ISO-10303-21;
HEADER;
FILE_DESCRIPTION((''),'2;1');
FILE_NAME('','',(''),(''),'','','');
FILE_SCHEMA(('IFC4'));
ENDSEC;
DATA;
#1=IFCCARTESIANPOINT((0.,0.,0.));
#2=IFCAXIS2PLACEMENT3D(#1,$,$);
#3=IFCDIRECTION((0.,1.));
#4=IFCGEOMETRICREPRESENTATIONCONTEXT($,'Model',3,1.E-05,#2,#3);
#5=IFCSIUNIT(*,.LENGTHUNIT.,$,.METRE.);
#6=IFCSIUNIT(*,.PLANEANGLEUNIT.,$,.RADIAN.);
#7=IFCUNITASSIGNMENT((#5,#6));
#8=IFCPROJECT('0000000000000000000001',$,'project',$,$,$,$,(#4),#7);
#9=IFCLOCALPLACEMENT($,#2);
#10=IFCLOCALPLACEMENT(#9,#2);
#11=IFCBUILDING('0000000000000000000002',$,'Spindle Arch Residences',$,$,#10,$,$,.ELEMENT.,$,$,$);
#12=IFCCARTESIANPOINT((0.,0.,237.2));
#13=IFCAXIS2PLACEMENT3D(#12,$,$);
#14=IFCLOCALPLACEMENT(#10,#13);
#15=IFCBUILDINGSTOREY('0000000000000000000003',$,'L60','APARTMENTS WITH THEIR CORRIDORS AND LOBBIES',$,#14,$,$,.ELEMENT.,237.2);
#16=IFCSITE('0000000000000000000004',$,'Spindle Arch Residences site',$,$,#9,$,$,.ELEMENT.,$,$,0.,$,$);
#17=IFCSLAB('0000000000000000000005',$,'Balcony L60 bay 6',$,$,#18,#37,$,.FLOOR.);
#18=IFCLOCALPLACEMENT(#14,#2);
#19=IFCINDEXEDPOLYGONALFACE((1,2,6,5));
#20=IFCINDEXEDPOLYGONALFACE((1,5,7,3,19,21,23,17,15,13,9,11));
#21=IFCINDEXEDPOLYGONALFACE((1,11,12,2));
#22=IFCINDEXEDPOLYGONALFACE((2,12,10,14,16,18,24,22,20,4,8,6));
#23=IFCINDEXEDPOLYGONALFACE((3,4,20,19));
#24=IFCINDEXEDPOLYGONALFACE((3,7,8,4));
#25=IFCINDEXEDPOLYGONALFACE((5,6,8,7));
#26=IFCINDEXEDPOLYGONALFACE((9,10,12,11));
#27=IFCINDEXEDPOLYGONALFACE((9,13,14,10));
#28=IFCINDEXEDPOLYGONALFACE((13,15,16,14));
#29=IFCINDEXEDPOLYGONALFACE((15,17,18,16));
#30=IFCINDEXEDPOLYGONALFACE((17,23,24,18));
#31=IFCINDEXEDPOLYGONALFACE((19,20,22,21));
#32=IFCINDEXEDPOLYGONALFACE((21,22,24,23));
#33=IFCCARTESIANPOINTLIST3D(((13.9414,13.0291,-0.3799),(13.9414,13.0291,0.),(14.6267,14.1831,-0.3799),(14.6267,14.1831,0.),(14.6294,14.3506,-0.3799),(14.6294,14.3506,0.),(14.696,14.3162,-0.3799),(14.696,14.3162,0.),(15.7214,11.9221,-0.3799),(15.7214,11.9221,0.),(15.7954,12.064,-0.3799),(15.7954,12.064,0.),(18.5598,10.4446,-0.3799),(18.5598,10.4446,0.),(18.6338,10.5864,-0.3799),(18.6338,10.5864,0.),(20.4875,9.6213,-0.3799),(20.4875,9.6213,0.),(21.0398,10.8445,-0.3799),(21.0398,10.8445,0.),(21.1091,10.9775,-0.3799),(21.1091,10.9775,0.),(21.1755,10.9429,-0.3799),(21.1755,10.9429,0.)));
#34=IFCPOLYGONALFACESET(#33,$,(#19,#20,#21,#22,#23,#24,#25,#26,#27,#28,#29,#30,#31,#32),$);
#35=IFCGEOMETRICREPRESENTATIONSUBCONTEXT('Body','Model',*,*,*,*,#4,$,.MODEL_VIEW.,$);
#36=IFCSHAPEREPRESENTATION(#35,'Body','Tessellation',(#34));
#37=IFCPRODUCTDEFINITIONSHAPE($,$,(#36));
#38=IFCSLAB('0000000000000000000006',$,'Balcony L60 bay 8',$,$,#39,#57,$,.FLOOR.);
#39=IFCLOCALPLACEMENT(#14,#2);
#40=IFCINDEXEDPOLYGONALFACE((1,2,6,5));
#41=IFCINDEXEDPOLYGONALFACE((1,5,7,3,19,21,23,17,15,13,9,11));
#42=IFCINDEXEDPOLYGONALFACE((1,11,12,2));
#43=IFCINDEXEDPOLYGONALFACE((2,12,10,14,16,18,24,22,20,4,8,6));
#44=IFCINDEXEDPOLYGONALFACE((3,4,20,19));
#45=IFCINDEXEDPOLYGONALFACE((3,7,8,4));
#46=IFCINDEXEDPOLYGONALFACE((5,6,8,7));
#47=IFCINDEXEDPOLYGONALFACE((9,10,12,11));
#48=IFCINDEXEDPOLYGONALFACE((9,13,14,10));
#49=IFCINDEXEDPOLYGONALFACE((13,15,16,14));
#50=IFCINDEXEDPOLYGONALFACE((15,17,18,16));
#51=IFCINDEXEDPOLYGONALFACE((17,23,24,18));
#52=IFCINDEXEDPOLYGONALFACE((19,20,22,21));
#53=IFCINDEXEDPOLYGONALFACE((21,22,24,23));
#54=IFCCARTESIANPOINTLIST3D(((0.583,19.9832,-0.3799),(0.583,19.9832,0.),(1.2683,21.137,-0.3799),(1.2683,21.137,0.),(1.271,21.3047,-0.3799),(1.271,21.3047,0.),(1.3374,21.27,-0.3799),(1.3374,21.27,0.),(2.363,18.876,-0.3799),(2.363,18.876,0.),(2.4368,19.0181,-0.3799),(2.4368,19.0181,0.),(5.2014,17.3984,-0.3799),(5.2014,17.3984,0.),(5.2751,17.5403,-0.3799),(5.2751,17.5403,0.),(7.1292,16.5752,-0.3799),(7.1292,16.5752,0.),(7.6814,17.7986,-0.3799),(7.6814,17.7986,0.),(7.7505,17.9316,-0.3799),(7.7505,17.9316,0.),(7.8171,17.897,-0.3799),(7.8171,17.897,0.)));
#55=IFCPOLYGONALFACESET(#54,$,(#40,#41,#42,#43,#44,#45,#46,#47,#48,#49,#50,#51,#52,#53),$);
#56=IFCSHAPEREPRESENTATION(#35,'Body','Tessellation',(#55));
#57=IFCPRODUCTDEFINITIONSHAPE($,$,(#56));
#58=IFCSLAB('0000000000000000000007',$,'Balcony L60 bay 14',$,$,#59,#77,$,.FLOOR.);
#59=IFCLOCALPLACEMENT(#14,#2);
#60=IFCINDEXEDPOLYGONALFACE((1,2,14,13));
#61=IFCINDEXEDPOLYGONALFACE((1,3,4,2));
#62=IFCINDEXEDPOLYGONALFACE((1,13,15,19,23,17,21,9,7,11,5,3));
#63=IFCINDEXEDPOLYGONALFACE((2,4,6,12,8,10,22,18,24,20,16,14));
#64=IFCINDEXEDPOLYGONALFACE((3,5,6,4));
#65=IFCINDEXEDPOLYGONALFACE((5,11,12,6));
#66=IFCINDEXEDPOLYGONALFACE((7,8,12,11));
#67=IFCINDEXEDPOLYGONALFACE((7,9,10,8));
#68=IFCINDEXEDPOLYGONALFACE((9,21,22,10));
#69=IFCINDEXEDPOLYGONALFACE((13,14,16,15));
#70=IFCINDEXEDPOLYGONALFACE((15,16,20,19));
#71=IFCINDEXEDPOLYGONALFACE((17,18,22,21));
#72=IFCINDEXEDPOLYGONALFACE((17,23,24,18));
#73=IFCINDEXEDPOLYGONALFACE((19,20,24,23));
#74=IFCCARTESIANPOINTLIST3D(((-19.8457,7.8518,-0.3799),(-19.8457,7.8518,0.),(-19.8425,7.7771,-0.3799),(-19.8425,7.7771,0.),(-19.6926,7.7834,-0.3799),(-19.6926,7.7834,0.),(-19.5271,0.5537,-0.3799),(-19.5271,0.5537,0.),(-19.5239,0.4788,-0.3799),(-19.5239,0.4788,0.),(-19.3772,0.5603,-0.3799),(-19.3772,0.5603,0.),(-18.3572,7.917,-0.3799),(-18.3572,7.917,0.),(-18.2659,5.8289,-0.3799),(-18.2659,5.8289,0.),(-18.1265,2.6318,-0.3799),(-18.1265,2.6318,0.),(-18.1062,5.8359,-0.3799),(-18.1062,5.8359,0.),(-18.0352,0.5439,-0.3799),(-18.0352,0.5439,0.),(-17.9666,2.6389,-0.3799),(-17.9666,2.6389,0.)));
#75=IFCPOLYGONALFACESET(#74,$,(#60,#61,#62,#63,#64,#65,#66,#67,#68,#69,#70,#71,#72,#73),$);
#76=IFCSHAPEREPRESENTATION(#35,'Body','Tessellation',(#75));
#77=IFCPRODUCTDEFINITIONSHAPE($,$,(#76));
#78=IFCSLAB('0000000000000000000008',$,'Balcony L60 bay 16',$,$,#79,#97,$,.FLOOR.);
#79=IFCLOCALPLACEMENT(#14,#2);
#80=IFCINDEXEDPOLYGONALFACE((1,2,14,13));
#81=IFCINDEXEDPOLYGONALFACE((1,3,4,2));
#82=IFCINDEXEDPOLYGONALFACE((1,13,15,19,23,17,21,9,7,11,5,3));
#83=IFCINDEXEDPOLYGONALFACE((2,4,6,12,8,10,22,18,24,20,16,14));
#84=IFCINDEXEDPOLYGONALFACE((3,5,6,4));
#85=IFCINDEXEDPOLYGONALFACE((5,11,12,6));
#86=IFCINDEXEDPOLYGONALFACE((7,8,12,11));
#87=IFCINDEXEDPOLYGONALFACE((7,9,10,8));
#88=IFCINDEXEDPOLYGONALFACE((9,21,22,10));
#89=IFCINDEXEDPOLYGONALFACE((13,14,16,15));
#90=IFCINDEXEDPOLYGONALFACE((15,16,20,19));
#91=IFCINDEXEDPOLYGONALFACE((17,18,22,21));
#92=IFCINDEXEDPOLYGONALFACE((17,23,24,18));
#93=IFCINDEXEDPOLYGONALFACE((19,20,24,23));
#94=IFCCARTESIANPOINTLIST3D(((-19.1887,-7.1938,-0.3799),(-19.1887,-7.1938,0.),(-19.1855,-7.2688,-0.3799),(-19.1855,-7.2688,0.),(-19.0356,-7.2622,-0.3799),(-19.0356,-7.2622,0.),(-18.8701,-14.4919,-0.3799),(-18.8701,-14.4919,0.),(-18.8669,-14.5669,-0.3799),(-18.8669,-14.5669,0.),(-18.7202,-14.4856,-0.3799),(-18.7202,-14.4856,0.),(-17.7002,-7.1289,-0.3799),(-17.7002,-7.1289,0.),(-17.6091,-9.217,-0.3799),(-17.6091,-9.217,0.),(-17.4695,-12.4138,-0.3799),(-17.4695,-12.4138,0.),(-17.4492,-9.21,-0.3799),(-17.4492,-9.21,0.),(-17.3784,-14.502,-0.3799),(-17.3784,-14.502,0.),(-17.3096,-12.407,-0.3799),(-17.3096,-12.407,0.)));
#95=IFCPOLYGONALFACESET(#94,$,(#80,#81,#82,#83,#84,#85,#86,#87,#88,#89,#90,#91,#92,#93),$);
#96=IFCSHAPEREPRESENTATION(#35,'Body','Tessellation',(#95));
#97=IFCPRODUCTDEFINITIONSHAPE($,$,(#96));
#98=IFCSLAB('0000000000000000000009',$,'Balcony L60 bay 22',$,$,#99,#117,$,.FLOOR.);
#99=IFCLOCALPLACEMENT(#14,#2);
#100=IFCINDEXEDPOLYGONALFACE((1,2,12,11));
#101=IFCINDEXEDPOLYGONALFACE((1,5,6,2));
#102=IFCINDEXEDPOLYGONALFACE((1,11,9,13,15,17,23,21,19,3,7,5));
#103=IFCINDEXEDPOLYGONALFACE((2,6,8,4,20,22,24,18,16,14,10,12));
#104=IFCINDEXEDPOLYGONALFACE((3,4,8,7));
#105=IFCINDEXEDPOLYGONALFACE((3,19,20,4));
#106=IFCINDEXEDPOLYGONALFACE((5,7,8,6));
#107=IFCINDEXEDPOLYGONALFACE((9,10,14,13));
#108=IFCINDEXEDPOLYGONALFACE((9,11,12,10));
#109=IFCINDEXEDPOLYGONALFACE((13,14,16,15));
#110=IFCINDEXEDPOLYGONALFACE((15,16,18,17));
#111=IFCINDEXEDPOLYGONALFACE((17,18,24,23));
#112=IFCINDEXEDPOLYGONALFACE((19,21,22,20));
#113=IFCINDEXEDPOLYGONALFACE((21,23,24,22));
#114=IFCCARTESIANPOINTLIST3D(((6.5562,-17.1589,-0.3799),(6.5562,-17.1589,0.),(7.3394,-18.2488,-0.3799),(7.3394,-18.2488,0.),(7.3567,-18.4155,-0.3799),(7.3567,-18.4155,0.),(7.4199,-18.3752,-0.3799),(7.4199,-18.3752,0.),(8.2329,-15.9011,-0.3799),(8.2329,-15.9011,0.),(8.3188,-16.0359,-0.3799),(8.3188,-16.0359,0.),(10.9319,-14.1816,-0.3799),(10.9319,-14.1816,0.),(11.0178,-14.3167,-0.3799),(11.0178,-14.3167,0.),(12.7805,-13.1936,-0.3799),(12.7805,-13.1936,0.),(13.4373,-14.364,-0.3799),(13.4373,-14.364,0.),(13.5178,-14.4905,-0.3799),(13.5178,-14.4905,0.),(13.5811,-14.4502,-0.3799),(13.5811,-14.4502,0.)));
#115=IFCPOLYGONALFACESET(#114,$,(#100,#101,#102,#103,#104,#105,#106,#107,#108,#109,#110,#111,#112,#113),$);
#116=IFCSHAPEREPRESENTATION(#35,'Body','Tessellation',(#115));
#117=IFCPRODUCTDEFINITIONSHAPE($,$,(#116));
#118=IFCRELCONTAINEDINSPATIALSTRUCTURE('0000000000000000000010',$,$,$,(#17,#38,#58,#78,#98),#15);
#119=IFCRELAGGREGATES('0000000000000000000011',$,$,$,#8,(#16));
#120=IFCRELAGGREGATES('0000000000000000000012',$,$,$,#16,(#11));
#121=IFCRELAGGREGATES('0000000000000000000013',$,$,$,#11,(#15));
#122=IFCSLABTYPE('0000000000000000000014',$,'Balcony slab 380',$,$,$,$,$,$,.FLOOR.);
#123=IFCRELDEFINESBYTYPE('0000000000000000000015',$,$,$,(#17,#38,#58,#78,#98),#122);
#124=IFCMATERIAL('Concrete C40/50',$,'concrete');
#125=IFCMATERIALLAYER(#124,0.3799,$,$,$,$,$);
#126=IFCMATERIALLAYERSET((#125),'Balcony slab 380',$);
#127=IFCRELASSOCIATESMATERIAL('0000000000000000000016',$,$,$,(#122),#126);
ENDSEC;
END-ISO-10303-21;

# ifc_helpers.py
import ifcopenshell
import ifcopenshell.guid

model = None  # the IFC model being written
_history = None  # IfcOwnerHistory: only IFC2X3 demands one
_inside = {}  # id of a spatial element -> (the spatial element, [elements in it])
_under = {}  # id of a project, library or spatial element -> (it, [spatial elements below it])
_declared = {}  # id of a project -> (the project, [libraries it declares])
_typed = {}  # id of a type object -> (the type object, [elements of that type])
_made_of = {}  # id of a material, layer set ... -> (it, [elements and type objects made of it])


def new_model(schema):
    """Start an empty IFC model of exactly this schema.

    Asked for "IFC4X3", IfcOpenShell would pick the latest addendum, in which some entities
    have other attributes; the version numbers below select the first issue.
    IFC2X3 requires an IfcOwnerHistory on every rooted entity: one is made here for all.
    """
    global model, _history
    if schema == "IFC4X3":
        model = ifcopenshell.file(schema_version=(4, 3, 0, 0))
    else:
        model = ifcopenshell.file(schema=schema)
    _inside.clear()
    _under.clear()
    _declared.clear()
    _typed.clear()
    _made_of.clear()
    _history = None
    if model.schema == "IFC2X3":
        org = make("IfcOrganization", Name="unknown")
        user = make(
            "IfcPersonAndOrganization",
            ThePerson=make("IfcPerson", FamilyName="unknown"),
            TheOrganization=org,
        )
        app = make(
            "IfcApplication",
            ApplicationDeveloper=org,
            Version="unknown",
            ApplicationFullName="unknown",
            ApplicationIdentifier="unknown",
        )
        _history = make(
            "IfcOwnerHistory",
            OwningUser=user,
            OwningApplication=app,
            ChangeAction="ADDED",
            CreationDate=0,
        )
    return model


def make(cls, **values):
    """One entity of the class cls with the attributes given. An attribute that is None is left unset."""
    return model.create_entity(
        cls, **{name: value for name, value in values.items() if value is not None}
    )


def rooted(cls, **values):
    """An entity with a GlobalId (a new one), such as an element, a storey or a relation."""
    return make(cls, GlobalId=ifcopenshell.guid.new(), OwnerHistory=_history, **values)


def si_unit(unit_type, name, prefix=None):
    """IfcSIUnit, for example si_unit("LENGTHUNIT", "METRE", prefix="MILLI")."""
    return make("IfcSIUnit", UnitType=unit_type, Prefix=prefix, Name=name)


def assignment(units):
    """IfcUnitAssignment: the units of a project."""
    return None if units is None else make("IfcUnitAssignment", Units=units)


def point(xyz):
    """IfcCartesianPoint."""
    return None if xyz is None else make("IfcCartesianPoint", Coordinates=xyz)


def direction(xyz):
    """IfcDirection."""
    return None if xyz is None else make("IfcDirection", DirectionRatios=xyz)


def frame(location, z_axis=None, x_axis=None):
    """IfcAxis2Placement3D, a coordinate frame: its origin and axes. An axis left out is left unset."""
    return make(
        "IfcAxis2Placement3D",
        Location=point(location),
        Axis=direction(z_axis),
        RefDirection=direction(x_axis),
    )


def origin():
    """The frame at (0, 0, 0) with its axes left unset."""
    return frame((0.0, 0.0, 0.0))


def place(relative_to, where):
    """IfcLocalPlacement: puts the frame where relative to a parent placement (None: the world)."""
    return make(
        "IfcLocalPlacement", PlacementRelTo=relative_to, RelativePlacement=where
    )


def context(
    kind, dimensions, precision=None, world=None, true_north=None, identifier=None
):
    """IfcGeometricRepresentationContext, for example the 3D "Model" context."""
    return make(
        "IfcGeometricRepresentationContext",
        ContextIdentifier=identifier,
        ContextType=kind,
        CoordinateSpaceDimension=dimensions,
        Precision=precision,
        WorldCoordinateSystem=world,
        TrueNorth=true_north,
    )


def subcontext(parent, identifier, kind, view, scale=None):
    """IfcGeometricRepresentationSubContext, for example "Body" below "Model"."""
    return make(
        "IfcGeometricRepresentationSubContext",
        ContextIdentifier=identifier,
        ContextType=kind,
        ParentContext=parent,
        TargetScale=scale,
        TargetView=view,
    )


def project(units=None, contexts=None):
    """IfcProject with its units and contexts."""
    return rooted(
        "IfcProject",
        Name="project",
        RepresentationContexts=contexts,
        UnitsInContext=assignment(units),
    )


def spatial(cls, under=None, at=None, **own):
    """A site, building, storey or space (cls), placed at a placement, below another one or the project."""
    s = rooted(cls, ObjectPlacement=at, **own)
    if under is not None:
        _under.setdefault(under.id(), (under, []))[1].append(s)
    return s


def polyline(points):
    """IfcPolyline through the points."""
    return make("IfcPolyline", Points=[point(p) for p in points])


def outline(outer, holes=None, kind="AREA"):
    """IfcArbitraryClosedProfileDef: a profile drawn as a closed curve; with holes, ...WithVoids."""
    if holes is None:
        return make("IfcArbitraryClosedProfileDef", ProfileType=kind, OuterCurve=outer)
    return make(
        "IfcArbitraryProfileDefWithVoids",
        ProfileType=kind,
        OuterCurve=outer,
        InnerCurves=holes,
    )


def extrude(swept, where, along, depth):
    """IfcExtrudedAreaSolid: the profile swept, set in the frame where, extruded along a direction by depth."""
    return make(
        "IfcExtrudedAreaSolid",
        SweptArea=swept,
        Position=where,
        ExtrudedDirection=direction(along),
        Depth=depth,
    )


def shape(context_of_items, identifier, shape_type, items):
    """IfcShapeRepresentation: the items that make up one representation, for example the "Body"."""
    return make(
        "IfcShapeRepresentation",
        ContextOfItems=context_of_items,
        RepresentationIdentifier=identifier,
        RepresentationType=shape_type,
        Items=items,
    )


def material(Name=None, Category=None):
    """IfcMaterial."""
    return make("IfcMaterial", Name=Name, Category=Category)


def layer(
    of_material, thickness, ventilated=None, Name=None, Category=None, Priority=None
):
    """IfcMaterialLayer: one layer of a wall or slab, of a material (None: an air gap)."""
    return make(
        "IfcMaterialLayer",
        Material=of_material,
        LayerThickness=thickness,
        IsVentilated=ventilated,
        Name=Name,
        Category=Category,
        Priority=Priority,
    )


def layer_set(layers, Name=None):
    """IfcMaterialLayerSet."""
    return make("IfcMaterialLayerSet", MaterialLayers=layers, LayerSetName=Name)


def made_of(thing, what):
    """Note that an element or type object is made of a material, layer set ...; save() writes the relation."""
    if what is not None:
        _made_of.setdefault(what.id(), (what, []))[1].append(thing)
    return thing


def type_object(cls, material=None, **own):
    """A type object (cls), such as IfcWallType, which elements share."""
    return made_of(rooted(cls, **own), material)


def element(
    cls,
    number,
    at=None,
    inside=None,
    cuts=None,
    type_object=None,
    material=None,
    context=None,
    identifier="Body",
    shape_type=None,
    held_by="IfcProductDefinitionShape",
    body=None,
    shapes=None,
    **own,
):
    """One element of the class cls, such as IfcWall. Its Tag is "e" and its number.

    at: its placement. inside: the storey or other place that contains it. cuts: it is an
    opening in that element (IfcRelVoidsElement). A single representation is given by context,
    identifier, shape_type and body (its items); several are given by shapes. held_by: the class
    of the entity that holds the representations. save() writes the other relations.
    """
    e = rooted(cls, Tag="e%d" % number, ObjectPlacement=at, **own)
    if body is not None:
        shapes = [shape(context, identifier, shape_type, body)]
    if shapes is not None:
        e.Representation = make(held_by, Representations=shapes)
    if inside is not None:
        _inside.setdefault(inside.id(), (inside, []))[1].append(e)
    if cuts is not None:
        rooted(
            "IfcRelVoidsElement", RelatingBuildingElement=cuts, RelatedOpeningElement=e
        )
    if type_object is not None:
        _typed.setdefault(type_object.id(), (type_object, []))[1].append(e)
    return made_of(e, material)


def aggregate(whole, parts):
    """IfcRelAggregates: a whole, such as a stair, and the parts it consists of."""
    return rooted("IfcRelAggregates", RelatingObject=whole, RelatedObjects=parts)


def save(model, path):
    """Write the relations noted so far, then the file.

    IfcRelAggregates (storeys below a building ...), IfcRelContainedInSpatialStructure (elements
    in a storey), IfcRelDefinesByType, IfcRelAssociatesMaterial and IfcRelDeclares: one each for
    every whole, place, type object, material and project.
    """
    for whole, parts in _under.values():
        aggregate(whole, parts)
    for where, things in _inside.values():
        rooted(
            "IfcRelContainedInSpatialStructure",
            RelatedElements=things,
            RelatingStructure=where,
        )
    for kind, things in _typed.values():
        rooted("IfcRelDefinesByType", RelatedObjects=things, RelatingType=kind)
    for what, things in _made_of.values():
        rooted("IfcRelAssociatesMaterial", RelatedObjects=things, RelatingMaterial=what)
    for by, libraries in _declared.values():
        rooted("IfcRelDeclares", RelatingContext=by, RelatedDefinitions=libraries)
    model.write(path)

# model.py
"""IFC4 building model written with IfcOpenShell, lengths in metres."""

from ifc_helpers import new_model, si_unit, direction, frame, origin, place, context, subcontext, project, spatial, polyline, outline, extrude, material, layer, layer_set, type_object, element, save


model = new_model("IFC4")

# Units and contexts
model_context = context("Model", 3, precision=1e-05, world=origin(), true_north=direction((0.0, 1.0)))
body_context = subcontext(model_context, "Body", "Model", "MODEL_VIEW")
ifc_project = project(units=[si_unit("LENGTHUNIT", "METRE"), si_unit("PLANEANGLEUNIT", "RADIAN")], contexts=[model_context])

# Site, building, storey
site_placement = place(None, origin())
site = spatial("IfcSite", under=ifc_project, at=site_placement, Name="Spindle Arch Residences site", CompositionType="ELEMENT", RefElevation=0.0)
building_placement = place(site_placement, origin())
building = spatial("IfcBuilding", under=site, at=building_placement, Name="Spindle Arch Residences", CompositionType="ELEMENT")
storey_placement = place(building_placement, frame((0.0, 0.0, 237.2)))
storey = spatial("IfcBuildingStorey", under=building, at=storey_placement, Name="L60", Description="APARTMENTS WITH THEIR CORRIDORS AND LOBBIES", CompositionType="ELEMENT", Elevation=237.2)

# Slabs
ifc_material_1 = material(Name="Concrete C40/50", Category="concrete")
ifc_layer_1 = layer(ifc_material_1, 0.3799)
ifc_layer_set_1 = layer_set([ifc_layer_1], Name="Balcony slab 380")
slab_type_1 = type_object("IfcSlabType", Name="Balcony slab 380", PredefinedType="FLOOR", material=ifc_layer_set_1)
slab_1_placement = place(storey_placement, frame((0.0, 0.0, -0.3799)))
element("IfcSlab", 1, at=slab_1_placement, inside=storey, type_object=slab_type_1, Name="Balcony L60 bay 6", PredefinedType="FLOOR", context=body_context, shape_type="SweptSolid", body=[
    extrude(outline(polyline([(21.1755, 10.9429), (21.1091, 10.9775), (21.0398, 10.8445), (14.6267, 14.1831), (14.696, 14.3162), (14.6294, 14.3506), (13.9414, 13.0291), (15.7954, 12.064), (15.7214, 11.9221), (18.5598, 10.4446), (18.6338, 10.5864), (20.4875, 9.6213), (21.1755, 10.9429)])), origin(), (0.0, 0.0, 1.0), 0.3799),
])
slab_2_placement = place(storey_placement, frame((0.0, 0.0, -0.3799)))
element("IfcSlab", 2, at=slab_2_placement, inside=storey, type_object=slab_type_1, Name="Balcony L60 bay 8", PredefinedType="FLOOR", context=body_context, shape_type="SweptSolid", body=[
    extrude(outline(polyline([(7.8171, 17.897), (7.7505, 17.9316), (7.6814, 17.7986), (1.2683, 21.137), (1.3374, 21.27), (1.271, 21.3047), (0.583, 19.9832), (2.4368, 19.0181), (2.363, 18.876), (5.2014, 17.3984), (5.2751, 17.5403), (7.1292, 16.5752), (7.8171, 17.897)])), origin(), (0.0, 0.0, 1.0), 0.3799),
])
slab_3_placement = place(storey_placement, frame((0.0, 0.0, -0.3799)))
element("IfcSlab", 3, at=slab_3_placement, inside=storey, type_object=slab_type_1, Name="Balcony L60 bay 14", PredefinedType="FLOOR", context=body_context, shape_type="SweptSolid", body=[
    extrude(outline(polyline([(-19.8457, 7.8518), (-19.8425, 7.7771), (-19.6926, 7.7834), (-19.3772, 0.5603), (-19.5271, 0.5537), (-19.5239, 0.4788), (-18.0352, 0.5439), (-18.1265, 2.6318), (-17.9666, 2.6389), (-18.1062, 5.8359), (-18.2659, 5.8289), (-18.3572, 7.917), (-19.8457, 7.8518)])), origin(), (0.0, 0.0, 1.0), 0.3799),
])
slab_4_placement = place(storey_placement, frame((0.0, 0.0, -0.3799)))
element("IfcSlab", 4, at=slab_4_placement, inside=storey, type_object=slab_type_1, Name="Balcony L60 bay 16", PredefinedType="FLOOR", context=body_context, shape_type="SweptSolid", body=[
    extrude(outline(polyline([(-19.1887, -7.1938), (-19.1855, -7.2688), (-19.0356, -7.2622), (-18.7202, -14.4856), (-18.8701, -14.4919), (-18.8669, -14.5669), (-17.3784, -14.502), (-17.4695, -12.4138), (-17.3096, -12.407), (-17.4492, -9.21), (-17.6091, -9.217), (-17.7002, -7.1289), (-19.1887, -7.1938)])), origin(), (0.0, 0.0, 1.0), 0.3799),
])
slab_5_placement = place(storey_placement, frame((0.0, 0.0, -0.3799)))
element("IfcSlab", 5, at=slab_5_placement, inside=storey, type_object=slab_type_1, Name="Balcony L60 bay 22", PredefinedType="FLOOR", context=body_context, shape_type="SweptSolid", body=[
    extrude(outline(polyline([(7.3567, -18.4155), (7.4199, -18.3752), (7.3394, -18.2488), (13.4373, -14.364), (13.5178, -14.4905), (13.5811, -14.4502), (12.7805, -13.1936), (11.0178, -14.3167), (10.9319, -14.1816), (8.2329, -15.9011), (8.3188, -16.0359), (6.5562, -17.1589), (7.3567, -18.4155)])), origin(), (0.0, 0.0, 1.0), 0.3799),
])

save(model, "model.ifc")
